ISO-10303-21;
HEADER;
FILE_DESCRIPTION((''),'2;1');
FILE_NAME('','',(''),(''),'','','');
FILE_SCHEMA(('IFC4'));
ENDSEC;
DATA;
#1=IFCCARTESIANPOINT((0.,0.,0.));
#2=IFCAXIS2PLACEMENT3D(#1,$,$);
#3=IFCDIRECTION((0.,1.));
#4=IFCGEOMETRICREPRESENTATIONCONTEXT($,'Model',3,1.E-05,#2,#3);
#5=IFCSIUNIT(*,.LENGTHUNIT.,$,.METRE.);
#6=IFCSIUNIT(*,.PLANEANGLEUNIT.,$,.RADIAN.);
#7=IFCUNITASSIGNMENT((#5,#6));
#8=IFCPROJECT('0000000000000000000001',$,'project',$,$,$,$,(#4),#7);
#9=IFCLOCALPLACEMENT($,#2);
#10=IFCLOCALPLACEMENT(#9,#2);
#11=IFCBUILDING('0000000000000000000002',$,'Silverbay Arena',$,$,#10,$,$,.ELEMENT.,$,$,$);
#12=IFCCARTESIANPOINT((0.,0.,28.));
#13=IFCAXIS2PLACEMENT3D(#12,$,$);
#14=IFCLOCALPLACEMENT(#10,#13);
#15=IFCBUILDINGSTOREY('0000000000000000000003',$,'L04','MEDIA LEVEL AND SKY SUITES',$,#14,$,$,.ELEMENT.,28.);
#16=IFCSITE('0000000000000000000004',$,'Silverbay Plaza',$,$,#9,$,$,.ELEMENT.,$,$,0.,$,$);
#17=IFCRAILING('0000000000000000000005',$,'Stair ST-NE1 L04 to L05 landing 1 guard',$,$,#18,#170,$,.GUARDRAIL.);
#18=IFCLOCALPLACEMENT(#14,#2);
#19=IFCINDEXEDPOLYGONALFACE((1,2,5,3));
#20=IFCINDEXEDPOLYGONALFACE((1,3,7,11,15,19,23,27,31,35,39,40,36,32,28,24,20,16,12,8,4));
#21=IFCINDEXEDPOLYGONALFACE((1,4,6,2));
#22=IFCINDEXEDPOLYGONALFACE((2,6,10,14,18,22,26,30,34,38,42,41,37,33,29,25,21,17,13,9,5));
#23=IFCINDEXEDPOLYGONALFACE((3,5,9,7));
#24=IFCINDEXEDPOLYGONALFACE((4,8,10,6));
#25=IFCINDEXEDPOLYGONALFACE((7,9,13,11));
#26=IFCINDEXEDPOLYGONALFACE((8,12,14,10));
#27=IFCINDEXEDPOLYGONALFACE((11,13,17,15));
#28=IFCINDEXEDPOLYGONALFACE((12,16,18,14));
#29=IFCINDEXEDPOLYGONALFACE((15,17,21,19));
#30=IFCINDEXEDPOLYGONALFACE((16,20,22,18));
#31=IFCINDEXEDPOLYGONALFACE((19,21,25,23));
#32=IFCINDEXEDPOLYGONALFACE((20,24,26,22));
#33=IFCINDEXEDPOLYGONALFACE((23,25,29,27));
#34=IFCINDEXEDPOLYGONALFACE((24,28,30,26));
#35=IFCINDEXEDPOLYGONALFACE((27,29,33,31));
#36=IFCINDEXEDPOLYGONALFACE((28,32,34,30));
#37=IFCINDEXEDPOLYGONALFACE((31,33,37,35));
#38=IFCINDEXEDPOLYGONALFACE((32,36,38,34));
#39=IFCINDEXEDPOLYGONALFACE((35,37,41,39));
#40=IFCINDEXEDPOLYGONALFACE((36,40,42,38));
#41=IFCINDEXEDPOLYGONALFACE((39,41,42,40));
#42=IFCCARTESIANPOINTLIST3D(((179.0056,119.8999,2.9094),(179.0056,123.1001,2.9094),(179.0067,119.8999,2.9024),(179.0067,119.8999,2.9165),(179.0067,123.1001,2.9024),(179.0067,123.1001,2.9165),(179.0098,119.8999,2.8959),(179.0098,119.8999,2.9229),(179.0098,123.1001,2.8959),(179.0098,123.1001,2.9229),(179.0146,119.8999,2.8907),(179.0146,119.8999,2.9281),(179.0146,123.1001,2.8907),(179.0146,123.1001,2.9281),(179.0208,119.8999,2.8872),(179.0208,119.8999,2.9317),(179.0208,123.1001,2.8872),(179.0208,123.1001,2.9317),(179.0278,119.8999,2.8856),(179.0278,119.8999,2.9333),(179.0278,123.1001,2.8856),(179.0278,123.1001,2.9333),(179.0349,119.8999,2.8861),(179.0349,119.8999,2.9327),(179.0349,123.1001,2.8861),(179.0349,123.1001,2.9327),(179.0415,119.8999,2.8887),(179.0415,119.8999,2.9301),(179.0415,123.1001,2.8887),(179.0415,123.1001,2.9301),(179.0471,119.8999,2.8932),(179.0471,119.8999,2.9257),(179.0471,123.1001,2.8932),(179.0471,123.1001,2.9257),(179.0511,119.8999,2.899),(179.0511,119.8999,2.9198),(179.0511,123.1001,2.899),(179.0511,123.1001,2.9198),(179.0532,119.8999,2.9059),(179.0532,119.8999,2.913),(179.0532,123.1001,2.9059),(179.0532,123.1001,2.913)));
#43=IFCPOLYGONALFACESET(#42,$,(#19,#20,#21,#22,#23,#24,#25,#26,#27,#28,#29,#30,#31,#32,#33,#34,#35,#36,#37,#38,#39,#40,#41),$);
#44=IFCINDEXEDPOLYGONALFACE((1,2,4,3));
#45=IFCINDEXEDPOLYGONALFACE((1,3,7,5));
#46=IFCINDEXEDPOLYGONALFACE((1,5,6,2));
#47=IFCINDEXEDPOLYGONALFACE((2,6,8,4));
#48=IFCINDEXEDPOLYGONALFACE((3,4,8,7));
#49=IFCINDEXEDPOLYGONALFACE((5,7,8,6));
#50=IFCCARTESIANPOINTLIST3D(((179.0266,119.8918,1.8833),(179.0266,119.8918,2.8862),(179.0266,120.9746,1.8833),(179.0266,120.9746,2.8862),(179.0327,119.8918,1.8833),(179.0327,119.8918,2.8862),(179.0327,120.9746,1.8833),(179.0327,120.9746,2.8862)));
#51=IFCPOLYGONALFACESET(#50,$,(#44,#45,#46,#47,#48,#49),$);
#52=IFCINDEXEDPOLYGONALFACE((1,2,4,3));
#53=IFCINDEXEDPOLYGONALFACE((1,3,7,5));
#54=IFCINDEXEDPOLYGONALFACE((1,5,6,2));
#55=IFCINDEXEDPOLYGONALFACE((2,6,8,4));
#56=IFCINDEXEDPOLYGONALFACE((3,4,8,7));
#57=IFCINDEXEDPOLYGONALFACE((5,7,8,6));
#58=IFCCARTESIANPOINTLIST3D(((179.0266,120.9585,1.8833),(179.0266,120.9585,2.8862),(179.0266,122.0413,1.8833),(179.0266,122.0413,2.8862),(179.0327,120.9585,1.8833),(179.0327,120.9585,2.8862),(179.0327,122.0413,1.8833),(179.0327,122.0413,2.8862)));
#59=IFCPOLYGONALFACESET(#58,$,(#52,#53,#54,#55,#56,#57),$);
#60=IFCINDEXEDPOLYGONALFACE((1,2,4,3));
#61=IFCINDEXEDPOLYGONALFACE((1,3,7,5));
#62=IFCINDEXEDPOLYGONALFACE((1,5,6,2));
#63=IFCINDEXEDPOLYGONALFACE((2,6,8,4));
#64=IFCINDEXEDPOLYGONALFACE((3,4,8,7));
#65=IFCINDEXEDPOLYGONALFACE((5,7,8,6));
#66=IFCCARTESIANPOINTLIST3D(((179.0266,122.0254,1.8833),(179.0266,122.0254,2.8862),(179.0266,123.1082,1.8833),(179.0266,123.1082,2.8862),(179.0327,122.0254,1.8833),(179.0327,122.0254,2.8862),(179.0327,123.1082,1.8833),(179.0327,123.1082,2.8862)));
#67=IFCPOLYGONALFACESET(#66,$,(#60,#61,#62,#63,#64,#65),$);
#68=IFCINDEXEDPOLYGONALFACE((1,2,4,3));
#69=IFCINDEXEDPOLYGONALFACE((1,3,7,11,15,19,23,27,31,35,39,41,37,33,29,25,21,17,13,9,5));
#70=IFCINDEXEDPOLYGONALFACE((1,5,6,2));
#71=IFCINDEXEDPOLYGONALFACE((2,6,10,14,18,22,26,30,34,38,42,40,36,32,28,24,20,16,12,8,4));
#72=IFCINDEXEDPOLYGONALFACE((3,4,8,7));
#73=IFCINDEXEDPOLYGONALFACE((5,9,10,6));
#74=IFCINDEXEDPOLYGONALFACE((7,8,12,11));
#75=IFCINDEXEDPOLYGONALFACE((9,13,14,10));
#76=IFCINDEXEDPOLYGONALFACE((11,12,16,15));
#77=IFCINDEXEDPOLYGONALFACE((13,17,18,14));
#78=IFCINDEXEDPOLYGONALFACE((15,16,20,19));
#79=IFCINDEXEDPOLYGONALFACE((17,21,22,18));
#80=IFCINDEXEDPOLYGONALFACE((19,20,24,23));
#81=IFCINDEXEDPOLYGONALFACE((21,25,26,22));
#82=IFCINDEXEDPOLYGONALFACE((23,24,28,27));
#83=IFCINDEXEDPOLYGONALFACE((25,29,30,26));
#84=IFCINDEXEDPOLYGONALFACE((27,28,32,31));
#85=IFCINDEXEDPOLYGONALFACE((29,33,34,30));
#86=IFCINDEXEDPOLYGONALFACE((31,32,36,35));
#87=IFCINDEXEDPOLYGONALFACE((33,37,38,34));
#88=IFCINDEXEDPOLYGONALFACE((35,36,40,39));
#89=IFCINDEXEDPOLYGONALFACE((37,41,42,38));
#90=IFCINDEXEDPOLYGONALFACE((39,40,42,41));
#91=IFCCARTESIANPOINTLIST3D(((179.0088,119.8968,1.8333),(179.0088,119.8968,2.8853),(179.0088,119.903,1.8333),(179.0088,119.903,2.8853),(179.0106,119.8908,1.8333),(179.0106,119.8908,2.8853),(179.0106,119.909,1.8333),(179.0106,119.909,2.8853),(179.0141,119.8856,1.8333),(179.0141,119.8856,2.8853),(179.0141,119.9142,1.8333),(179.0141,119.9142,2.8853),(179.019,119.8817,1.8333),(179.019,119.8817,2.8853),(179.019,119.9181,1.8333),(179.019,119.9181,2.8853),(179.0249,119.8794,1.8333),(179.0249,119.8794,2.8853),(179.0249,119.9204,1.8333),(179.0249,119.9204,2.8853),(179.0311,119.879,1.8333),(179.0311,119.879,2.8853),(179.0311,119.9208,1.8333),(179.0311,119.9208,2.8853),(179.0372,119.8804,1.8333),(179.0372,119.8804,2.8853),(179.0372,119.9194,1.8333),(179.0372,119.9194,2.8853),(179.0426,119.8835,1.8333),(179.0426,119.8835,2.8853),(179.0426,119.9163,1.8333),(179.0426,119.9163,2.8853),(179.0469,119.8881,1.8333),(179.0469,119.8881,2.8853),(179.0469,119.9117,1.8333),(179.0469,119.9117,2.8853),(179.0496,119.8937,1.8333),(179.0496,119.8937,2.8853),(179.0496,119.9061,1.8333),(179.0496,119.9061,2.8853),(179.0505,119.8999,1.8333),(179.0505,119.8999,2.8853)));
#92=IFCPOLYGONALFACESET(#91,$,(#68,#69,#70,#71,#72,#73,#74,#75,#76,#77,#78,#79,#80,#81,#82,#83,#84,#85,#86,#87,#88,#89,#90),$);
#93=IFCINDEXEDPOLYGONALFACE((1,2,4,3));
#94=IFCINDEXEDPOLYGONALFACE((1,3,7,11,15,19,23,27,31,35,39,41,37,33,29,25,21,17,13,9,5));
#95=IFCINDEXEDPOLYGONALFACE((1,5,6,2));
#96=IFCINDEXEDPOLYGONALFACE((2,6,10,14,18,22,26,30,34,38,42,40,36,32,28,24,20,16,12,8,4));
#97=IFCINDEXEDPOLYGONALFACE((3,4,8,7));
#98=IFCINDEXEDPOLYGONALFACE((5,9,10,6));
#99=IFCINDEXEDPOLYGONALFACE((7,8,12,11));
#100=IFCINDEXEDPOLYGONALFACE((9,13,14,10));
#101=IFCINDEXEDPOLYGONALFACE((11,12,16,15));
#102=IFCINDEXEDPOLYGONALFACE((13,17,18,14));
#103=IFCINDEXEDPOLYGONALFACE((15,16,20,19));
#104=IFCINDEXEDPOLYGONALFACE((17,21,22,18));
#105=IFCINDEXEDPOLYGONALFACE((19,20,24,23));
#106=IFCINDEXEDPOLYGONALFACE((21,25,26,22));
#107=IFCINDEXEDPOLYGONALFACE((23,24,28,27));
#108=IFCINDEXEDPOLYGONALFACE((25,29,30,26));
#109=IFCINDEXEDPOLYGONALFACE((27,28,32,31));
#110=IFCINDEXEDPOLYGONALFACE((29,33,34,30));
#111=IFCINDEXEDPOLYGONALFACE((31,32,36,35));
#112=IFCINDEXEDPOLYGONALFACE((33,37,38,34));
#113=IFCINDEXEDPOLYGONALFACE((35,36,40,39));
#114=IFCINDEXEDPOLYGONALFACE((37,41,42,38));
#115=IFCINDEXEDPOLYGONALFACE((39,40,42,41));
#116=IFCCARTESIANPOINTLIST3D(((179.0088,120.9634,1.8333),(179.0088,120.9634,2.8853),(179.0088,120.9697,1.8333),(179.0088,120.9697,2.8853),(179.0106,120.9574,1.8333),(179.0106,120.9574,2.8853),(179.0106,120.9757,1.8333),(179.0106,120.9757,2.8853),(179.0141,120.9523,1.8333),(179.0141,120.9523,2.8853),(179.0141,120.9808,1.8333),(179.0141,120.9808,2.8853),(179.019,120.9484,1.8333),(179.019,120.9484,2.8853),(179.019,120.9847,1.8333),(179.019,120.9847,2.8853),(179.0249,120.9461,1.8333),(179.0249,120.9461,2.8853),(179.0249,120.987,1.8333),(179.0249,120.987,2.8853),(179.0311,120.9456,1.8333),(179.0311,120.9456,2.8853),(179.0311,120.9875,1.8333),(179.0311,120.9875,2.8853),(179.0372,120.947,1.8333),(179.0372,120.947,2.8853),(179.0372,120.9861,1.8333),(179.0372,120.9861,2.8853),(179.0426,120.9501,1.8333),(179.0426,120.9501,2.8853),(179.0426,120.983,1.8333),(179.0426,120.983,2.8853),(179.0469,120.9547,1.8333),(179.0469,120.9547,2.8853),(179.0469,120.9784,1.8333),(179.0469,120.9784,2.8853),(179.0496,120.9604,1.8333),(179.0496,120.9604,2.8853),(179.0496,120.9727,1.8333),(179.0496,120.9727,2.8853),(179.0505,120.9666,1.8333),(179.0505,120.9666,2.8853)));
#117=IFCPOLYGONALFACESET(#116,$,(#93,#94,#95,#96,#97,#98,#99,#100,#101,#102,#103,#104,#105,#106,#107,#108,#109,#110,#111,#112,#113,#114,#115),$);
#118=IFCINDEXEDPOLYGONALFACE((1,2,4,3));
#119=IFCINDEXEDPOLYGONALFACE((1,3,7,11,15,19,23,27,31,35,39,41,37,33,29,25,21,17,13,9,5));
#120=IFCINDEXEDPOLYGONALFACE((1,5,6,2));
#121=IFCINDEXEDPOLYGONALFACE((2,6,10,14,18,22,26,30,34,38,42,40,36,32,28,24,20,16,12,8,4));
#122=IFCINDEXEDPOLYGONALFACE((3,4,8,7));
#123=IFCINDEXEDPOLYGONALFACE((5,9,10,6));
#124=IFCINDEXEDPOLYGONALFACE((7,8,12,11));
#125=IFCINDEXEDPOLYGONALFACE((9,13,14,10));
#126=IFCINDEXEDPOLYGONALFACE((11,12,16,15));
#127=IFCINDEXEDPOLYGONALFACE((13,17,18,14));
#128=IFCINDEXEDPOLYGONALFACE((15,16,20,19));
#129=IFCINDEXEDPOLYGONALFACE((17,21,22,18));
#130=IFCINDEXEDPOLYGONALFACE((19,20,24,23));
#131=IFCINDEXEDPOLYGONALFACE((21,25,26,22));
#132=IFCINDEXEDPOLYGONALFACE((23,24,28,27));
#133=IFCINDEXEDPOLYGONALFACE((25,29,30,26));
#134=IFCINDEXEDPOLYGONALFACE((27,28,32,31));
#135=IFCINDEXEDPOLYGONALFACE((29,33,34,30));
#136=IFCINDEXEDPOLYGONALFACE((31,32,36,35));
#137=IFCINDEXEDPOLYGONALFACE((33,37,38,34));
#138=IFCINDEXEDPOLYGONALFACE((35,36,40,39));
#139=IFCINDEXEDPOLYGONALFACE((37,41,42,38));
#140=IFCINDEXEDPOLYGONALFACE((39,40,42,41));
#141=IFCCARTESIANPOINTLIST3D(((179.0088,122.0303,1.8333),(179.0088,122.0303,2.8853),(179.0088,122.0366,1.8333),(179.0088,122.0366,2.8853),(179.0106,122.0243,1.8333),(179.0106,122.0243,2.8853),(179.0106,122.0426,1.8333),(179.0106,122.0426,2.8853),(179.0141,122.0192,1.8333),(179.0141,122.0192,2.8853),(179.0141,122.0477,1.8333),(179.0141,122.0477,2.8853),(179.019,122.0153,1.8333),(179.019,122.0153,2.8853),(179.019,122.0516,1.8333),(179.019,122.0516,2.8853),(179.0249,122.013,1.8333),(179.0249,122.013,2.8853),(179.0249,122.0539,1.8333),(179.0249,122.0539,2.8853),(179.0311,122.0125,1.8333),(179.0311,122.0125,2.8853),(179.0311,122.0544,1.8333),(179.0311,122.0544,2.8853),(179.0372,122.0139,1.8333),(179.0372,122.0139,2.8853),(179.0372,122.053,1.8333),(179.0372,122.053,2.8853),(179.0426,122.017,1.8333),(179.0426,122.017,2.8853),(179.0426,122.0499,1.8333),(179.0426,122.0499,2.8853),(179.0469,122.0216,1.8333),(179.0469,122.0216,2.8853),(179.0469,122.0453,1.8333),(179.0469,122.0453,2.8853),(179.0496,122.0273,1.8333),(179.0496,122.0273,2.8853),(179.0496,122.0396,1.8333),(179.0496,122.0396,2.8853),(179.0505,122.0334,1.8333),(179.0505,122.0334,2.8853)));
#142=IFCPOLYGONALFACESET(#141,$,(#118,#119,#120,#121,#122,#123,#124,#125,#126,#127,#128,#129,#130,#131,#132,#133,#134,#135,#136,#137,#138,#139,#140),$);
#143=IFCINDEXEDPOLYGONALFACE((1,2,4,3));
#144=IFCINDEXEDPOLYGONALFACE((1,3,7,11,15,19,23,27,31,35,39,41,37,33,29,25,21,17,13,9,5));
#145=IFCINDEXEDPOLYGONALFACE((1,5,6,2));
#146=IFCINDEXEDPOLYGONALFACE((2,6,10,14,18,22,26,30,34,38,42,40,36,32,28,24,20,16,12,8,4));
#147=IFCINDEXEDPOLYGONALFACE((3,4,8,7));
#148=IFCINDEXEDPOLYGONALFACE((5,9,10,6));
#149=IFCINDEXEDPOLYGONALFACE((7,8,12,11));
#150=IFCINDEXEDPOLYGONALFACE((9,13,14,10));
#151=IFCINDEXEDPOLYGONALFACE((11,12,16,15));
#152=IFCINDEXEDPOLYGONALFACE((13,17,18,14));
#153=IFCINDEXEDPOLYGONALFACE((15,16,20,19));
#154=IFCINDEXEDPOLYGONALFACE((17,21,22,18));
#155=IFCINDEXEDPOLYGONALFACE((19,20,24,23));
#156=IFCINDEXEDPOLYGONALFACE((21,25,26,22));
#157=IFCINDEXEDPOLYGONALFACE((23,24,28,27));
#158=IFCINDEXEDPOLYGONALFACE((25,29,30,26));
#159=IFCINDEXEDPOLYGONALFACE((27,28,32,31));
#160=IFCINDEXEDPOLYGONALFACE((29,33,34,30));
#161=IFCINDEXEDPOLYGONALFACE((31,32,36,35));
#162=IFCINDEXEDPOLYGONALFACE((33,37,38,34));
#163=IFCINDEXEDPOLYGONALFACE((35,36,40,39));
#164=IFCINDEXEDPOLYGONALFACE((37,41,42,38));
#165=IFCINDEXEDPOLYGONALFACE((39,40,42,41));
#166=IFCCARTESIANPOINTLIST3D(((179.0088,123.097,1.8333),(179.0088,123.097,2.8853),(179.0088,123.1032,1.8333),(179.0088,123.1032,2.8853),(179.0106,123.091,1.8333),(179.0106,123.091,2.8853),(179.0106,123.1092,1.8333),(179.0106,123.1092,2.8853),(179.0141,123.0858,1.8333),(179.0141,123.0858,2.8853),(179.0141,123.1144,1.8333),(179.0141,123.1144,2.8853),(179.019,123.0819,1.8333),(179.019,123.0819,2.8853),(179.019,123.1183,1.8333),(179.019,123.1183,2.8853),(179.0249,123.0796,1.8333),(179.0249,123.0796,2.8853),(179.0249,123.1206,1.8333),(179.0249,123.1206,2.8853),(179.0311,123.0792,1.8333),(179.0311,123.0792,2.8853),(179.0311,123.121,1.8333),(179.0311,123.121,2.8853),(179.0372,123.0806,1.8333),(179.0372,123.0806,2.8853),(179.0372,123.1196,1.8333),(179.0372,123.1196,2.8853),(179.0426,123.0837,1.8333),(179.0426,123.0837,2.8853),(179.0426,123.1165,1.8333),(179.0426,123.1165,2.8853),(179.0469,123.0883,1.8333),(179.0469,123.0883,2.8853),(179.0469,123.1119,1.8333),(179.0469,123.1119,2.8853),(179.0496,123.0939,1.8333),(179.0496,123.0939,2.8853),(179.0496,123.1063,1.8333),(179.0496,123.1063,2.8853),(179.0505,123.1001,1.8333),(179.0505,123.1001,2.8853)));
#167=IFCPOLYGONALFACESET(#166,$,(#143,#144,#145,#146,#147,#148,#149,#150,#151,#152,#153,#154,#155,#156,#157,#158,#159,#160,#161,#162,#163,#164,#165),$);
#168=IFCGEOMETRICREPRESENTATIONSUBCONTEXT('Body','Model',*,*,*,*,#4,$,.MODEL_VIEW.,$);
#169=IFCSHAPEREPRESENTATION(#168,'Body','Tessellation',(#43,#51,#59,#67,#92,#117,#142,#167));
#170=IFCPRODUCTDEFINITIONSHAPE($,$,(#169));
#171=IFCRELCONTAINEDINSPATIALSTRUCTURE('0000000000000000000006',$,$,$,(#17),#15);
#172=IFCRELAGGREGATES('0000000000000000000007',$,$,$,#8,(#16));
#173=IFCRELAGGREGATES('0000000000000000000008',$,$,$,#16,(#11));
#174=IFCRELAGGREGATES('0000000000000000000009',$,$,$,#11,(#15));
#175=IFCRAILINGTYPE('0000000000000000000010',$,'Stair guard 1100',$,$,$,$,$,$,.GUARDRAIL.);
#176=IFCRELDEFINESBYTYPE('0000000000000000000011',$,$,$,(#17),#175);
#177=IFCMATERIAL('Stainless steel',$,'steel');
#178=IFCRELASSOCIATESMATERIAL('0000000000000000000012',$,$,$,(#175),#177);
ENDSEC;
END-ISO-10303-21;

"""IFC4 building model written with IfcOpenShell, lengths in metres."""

from ifc_helpers import new_model, si_unit, direction, frame, origin, origin_2d, place, context, subcontext, project, spatial, polyline, circle, outline, extrude, material, type_object, element, save


model = new_model("IFC4")

# Units and contexts
model_context = context("Model", 3, precision=1e-05, world=origin(), true_north=direction((0.0, 1.0)))
body_context = subcontext(model_context, "Body", "Model", "MODEL_VIEW")
ifc_project = project(units=[si_unit("LENGTHUNIT", "METRE"), si_unit("PLANEANGLEUNIT", "RADIAN")], contexts=[model_context])

# Site, building, storey
site_placement = place(None, origin())
site = spatial("IfcSite", under=ifc_project, at=site_placement, Name="Silverbay Plaza", CompositionType="ELEMENT", RefElevation=0.0)
building_placement = place(site_placement, origin())
building = spatial("IfcBuilding", under=site, at=building_placement, Name="Silverbay Arena", CompositionType="ELEMENT")
storey_placement = place(building_placement, frame((0.0, 0.0, 28.0)))
storey = spatial("IfcBuildingStorey", under=building, at=storey_placement, Name="L04", Description="MEDIA LEVEL AND SKY SUITES", CompositionType="ELEMENT", Elevation=28.0)

# Railing
ifc_material_1 = material(Name="Stainless steel", Category="steel")
railing_type_1 = type_object("IfcRailingType", Name="Stair guard 1100", PredefinedType="GUARDRAIL", material=ifc_material_1)
for number, where, name in (
    (1, (179.0295, 119.8999, 1.8333), "Stair ST-NE1 L04 to L05 landing 1 guard"),
):
    element("IfcRailing", number, at=place(storey_placement, frame(where)), inside=storey, type_object=railing_type_1, Name=name, PredefinedType="GUARDRAIL", context=body_context, shape_type="SweptSolid", body=[
        extrude(circle(Radius=0.0239, at=origin_2d()), frame((0.0, 0.0, 1.0762), z_axis=(0.0, 1.0, 0.0), x_axis=(-1.0, 0.0, 0.0)), (0.0, 0.0, 1.0), 3.2002),
        extrude(outline(polyline([(-0.0081, 0.05), (1.0747, 0.05), (1.0747, 1.053), (-0.0081, 1.053), (-0.0081, 0.05)])), frame((-0.0029, 0.0, 0.0), z_axis=(1.0, 0.0, 0.0), x_axis=(0.0, 1.0, 0.0)), (0.0, 0.0, 1.0), 0.0061),
        extrude(outline(polyline([(-0.0081, 0.05), (1.0747, 0.05), (1.0747, 1.053), (-0.0081, 1.053), (-0.0081, 0.05)])), frame((-0.0029, 1.0667, 0.0), z_axis=(1.0, 0.0, 0.0), x_axis=(0.0, 1.0, 0.0)), (0.0, 0.0, 1.0), 0.0061),
        extrude(outline(polyline([(-0.0081, 0.05), (1.0747, 0.05), (1.0747, 1.053), (-0.0081, 1.053), (-0.0081, 0.05)])), frame((-0.0029, 2.1335, 0.0), z_axis=(1.0, 0.0, 0.0), x_axis=(0.0, 1.0, 0.0)), (0.0, 0.0, 1.0), 0.0061),
        extrude(circle(Radius=0.021, at=origin_2d()), origin(), (0.0, 0.0, 1.0), 1.052),
        extrude(circle(Radius=0.021, at=origin_2d()), frame((0.0, 1.0667, 0.0)), (0.0, 0.0, 1.0), 1.052),
        extrude(circle(Radius=0.021, at=origin_2d()), frame((0.0, 2.1335, 0.0)), (0.0, 0.0, 1.0), 1.052),
        extrude(circle(Radius=0.021, at=origin_2d()), frame((0.0, 3.2002, 0.0)), (0.0, 0.0, 1.0), 1.052),
    ])

save(model, "model.ifc")
